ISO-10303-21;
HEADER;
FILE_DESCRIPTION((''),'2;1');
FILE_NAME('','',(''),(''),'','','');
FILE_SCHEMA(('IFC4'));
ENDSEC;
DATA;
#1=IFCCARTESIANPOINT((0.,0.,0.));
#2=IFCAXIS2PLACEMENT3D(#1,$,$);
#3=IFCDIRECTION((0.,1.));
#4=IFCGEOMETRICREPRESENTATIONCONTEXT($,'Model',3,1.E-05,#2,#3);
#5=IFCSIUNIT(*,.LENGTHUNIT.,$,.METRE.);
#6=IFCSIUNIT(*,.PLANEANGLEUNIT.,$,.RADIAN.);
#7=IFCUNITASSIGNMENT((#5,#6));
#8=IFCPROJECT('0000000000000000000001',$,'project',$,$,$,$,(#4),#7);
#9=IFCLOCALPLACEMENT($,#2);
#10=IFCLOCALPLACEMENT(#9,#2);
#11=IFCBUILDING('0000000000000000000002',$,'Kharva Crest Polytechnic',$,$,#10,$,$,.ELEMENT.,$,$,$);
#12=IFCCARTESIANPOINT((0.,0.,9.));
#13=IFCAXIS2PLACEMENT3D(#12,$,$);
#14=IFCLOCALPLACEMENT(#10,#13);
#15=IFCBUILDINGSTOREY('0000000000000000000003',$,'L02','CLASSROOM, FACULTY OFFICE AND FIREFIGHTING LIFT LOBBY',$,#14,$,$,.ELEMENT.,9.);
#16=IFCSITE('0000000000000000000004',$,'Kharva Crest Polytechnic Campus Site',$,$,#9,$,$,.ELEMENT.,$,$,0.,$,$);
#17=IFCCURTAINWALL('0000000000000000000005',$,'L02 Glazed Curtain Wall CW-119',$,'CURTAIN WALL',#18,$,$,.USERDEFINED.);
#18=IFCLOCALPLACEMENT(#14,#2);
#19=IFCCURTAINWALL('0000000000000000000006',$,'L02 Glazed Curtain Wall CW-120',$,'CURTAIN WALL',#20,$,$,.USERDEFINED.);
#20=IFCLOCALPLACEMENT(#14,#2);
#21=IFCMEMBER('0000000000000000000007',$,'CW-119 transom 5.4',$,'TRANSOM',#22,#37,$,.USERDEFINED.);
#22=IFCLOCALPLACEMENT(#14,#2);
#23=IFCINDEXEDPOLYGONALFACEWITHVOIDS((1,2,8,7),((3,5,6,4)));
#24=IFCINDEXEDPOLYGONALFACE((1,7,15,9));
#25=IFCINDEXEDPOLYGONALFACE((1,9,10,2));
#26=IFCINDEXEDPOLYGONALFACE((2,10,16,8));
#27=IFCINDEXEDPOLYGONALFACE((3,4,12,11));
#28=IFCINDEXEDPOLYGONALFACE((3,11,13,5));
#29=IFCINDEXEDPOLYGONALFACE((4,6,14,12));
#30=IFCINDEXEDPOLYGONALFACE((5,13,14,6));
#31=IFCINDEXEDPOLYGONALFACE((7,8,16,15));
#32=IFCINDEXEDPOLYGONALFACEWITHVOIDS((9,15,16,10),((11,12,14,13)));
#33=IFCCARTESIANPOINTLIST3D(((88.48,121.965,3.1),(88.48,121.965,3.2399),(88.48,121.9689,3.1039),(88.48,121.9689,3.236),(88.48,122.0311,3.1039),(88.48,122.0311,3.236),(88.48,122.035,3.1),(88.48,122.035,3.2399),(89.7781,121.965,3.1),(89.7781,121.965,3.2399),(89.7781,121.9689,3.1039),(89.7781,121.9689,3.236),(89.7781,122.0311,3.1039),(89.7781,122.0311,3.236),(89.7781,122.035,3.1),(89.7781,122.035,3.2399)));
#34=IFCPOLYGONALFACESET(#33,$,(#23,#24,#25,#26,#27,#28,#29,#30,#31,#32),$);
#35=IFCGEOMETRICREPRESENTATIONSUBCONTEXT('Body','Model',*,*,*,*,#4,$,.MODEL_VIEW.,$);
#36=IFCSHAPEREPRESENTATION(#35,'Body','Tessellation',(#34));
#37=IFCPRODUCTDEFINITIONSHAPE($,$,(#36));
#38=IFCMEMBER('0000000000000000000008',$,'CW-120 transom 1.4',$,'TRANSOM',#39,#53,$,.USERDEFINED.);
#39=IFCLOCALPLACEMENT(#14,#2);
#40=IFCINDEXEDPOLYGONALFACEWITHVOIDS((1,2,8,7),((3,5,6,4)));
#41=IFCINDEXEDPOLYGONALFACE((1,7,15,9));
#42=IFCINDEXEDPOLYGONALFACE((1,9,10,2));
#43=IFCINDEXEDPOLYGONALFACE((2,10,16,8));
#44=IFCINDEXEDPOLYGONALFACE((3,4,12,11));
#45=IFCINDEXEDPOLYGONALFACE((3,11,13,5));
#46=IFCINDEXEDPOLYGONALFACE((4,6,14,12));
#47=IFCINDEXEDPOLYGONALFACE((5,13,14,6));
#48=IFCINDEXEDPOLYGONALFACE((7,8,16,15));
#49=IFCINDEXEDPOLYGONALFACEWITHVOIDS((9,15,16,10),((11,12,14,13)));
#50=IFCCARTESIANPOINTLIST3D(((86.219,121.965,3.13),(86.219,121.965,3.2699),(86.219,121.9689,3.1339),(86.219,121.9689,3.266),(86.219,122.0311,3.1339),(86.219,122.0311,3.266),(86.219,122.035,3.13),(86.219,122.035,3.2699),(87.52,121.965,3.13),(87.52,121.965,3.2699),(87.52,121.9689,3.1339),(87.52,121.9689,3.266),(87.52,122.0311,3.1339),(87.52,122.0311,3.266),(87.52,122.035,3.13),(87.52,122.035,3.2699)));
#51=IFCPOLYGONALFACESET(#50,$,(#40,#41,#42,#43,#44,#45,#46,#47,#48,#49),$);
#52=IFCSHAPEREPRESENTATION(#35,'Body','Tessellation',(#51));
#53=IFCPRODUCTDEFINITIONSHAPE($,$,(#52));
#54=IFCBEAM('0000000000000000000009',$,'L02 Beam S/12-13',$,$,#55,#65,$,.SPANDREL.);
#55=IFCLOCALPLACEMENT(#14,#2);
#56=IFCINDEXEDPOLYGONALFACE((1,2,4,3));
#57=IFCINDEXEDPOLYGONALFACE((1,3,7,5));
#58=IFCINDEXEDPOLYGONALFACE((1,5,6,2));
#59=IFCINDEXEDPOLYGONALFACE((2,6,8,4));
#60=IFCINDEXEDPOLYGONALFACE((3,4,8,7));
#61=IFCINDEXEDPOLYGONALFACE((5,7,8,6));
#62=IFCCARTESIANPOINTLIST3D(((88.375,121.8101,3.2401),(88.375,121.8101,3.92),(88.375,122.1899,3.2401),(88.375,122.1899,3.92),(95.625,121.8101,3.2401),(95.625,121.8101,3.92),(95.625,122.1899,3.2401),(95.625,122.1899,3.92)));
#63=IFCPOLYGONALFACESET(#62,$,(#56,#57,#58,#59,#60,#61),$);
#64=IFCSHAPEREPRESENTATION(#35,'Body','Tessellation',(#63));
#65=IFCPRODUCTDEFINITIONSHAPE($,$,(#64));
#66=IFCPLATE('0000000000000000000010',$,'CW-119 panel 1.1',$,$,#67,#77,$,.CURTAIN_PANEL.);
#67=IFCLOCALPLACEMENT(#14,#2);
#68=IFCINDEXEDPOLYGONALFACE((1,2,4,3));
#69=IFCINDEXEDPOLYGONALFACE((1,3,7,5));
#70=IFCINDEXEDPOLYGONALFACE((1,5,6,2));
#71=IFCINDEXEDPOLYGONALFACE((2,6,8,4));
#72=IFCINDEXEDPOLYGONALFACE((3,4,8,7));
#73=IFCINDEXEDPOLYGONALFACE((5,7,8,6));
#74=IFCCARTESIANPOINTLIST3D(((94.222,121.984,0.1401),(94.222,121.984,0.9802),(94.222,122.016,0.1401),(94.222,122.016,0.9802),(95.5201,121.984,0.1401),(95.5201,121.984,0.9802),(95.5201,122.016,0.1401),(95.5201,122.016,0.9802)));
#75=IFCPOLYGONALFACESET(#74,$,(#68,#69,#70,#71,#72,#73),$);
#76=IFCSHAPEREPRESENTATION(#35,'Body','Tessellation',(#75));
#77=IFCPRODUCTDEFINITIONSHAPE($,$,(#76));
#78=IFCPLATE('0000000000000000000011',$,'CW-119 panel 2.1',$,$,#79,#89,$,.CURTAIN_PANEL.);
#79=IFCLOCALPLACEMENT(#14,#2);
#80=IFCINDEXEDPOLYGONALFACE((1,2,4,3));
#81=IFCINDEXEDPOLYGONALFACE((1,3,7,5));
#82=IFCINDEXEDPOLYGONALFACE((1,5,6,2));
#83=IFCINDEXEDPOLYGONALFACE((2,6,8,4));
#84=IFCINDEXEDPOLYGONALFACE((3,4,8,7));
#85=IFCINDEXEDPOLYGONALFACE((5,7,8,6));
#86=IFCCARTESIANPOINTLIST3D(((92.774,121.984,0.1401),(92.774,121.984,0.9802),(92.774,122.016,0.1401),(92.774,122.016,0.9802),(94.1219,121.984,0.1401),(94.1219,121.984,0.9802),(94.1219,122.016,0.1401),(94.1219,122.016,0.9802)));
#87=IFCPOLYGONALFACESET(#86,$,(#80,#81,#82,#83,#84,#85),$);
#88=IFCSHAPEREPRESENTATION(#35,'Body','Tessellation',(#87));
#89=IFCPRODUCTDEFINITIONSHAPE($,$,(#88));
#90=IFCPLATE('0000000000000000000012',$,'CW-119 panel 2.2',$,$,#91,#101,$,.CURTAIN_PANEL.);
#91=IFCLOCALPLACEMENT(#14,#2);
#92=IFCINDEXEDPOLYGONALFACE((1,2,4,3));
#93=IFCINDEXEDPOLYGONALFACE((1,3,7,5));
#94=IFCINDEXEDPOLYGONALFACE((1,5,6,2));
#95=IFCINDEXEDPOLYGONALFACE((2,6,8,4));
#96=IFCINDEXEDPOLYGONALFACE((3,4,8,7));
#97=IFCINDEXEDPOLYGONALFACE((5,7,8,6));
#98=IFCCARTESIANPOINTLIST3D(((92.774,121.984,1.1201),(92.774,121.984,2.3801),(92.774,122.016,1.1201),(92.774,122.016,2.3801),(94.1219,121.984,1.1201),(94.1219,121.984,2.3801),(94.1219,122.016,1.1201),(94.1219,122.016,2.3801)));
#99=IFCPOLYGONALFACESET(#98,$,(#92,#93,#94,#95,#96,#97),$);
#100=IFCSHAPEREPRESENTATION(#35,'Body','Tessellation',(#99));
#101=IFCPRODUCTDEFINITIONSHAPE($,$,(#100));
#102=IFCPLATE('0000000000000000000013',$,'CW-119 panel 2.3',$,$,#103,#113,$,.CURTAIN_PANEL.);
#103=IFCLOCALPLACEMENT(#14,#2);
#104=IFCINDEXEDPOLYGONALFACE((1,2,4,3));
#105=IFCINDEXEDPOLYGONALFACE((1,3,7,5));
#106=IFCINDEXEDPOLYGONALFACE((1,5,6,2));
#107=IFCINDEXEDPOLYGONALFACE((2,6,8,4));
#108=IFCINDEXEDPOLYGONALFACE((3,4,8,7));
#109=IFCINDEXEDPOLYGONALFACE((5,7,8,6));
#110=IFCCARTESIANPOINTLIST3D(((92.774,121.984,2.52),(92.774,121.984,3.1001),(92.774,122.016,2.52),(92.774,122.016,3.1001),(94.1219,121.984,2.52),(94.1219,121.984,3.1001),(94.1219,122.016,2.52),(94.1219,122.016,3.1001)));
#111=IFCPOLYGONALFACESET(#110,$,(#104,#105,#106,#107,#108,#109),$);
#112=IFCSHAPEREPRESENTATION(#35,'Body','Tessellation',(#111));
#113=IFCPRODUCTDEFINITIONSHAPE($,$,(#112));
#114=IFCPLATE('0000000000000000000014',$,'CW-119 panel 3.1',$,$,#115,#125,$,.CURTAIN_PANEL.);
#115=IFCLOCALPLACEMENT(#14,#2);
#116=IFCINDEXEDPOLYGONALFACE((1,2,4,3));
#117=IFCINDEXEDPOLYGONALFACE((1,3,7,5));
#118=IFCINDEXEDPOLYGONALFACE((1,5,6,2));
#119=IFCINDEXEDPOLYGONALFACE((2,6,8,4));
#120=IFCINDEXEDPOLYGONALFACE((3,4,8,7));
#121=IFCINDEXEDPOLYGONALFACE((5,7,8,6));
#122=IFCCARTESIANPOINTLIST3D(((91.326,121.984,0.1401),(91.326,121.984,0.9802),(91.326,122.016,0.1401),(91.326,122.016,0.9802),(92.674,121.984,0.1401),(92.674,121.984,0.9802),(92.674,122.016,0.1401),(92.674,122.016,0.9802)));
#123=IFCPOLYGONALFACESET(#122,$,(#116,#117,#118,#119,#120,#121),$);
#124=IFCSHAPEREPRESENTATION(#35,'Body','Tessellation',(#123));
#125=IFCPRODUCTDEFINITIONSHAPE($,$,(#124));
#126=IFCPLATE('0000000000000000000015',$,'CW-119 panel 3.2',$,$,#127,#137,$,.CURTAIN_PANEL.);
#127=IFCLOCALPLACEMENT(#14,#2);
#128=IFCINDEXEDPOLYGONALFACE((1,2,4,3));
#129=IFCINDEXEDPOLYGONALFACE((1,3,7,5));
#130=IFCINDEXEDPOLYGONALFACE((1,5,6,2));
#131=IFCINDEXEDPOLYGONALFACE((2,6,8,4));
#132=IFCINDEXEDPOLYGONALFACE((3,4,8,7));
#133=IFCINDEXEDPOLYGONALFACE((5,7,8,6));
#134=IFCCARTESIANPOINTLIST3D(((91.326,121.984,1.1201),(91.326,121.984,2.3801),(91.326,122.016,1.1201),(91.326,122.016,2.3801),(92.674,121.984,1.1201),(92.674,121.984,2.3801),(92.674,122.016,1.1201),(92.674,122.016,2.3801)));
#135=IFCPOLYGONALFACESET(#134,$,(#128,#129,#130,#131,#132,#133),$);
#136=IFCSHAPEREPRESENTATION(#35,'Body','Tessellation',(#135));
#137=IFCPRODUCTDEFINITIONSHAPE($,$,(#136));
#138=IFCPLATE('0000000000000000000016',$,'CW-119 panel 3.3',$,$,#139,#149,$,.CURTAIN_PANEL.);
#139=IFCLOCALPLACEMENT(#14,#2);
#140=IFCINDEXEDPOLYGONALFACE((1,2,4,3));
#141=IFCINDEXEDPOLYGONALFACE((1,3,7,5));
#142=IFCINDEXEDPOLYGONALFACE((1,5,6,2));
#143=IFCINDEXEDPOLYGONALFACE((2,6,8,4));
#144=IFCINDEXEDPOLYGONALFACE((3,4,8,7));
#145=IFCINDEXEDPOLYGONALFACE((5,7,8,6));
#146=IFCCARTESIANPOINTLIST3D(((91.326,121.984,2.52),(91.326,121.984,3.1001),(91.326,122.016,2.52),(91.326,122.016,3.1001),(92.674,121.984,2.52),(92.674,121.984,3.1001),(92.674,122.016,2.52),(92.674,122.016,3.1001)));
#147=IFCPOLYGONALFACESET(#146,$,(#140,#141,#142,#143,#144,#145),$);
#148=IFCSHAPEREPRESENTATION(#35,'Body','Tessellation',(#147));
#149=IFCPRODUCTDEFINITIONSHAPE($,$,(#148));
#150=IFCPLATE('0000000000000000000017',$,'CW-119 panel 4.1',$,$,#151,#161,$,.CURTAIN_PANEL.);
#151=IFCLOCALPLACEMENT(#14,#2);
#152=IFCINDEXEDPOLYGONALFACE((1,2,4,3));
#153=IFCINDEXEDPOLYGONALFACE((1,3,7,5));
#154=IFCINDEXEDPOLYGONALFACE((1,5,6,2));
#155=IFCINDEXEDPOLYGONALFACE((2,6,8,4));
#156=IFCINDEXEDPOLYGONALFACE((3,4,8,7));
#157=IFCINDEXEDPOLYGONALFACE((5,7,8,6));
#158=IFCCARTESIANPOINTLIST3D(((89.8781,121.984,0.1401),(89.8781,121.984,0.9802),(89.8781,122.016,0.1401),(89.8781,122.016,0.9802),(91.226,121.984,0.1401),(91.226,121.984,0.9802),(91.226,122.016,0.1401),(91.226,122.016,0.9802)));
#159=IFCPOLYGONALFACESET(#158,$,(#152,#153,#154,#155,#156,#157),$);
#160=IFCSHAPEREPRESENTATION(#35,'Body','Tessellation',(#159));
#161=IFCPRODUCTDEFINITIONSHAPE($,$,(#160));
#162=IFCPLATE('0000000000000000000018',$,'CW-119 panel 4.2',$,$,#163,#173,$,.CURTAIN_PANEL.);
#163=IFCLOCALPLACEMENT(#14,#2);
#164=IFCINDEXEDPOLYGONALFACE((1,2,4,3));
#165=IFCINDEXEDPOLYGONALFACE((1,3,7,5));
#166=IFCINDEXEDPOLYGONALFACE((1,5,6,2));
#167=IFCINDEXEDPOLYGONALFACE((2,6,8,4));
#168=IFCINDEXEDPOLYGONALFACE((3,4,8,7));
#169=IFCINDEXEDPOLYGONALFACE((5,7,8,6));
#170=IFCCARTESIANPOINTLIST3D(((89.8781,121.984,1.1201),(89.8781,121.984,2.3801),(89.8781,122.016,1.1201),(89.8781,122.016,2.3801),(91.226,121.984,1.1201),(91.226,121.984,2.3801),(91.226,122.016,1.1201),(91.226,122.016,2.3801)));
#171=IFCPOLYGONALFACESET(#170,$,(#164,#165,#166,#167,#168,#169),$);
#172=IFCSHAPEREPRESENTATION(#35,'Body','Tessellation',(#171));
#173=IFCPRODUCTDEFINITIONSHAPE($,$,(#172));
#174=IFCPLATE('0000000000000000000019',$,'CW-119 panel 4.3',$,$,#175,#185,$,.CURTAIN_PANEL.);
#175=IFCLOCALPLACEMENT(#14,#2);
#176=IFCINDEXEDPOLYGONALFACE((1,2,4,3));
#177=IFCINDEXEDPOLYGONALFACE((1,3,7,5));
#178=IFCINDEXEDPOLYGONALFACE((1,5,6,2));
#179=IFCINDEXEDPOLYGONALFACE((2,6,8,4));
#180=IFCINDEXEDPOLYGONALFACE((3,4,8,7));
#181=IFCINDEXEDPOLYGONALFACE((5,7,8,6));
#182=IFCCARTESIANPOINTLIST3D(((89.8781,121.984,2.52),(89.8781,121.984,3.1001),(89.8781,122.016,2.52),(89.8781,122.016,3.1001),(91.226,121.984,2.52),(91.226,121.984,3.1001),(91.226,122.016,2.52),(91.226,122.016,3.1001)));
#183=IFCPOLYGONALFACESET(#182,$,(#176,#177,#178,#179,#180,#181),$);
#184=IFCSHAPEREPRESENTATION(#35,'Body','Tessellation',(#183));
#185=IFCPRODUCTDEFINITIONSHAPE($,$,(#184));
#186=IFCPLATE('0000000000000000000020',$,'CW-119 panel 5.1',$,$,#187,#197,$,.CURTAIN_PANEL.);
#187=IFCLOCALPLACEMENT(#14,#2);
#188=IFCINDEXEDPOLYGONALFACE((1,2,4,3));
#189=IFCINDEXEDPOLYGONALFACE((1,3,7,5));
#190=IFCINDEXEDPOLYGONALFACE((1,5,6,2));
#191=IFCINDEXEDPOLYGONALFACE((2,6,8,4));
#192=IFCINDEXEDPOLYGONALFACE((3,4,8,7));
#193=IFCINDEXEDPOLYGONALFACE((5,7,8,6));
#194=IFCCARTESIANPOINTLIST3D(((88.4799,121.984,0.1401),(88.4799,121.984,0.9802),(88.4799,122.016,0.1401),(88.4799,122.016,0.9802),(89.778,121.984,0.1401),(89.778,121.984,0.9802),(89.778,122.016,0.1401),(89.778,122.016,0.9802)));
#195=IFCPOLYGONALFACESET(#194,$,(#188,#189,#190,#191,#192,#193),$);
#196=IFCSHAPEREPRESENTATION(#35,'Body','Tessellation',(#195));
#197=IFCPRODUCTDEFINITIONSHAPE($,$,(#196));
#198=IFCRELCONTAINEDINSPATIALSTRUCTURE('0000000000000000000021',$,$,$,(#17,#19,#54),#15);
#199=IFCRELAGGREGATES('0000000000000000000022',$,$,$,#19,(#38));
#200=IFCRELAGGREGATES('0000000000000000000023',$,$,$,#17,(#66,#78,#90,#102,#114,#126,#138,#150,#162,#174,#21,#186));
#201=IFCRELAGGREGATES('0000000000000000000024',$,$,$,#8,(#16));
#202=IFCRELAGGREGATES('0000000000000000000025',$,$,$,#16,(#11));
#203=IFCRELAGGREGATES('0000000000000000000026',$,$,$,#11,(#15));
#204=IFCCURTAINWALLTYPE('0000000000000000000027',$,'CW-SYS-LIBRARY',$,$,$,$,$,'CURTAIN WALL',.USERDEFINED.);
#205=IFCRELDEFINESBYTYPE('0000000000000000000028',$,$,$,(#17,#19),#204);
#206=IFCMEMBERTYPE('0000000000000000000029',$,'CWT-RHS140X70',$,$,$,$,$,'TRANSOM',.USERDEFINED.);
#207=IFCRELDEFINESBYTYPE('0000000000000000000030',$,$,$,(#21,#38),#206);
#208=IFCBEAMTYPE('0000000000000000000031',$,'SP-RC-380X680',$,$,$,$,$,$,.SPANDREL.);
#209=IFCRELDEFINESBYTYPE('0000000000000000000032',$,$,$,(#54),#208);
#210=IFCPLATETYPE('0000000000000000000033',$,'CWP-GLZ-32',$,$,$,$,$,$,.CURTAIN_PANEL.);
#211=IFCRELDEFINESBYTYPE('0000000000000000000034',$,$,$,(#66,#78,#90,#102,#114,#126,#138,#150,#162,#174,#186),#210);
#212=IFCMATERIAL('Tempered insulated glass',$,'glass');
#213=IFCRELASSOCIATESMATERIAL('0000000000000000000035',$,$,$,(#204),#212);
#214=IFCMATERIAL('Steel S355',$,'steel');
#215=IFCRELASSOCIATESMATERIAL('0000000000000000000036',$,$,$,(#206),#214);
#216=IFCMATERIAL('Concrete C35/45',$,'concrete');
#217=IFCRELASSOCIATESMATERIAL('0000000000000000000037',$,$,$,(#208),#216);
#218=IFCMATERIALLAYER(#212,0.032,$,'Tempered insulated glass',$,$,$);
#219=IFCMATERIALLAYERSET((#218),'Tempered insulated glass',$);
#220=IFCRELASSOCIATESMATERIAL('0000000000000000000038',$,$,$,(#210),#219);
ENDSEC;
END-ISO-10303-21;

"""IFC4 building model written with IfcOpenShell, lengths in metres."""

from ifc_helpers import new_model, si_unit, direction, frame, origin, origin_2d, place, context, subcontext, project, spatial, rectangle, hollow_rectangle, extrude, material, layer, layer_set, material_profile, profile_set, type_object, element, aggregate, save


model = new_model("IFC4")

# Units and contexts
model_context = context("Model", 3, precision=1e-05, world=origin(), true_north=direction((0.0, 1.0)))
body_context = subcontext(model_context, "Body", "Model", "MODEL_VIEW")
ifc_project = project(units=[si_unit("LENGTHUNIT", "METRE"), si_unit("PLANEANGLEUNIT", "RADIAN")], contexts=[model_context])

# Site, building, storey
site_placement = place(None, origin())
site = spatial("IfcSite", under=ifc_project, at=site_placement, Name="Kharva Crest Polytechnic Campus Site", CompositionType="ELEMENT", RefElevation=0.0)
building_placement = place(site_placement, origin())
building = spatial("IfcBuilding", under=site, at=building_placement, Name="Kharva Crest Polytechnic", CompositionType="ELEMENT")
storey_placement = place(building_placement, frame((0.0, 0.0, 9.0)))
storey = spatial("IfcBuildingStorey", under=building, at=storey_placement, Name="L02", Description="CLASSROOM, FACULTY OFFICE AND FIREFIGHTING LIFT LOBBY", CompositionType="ELEMENT", Elevation=9.0)

# Curtain wall
ifc_material_1 = material(Name="Tempered insulated glass", Category="glass")
curtain_wall_type = type_object("IfcCurtainWallType", Name="CW-SYS-LIBRARY", ElementType="CURTAIN WALL", PredefinedType="USERDEFINED", material=ifc_material_1)
curtain_wall_1_placement = place(storey_placement, origin())
curtain_wall_1 = element("IfcCurtainWall", 1, at=curtain_wall_1_placement, inside=storey, type_object=curtain_wall_type, Name="L02 Glazed Curtain Wall CW-119", ObjectType="CURTAIN WALL", PredefinedType="USERDEFINED")
ifc_material_2 = material(Name="Steel S355", Category="steel")

# Curtain wall
curtain_wall_2_placement = place(storey_placement, origin())
curtain_wall_2 = element("IfcCurtainWall", 2, at=curtain_wall_2_placement, inside=storey, type_object=curtain_wall_type, Name="L02 Glazed Curtain Wall CW-120", ObjectType="CURTAIN WALL", PredefinedType="USERDEFINED")

# Members
ifc_material_profile_1 = material_profile(ifc_material_2, hollow_rectangle(XDim=0.0701, YDim=0.1399, WallThickness=0.0039, at=origin_2d()), Name="RHS 140X70X4.0")
ifc_profile_set_1 = profile_set([ifc_material_profile_1], Name="Steel S355")
member_type_1 = type_object("IfcMemberType", Name="CWT-RHS140X70", ElementType="TRANSOM", PredefinedType="USERDEFINED", material=ifc_profile_set_1)
member_1_placement = place(storey_placement, frame((89.7781, 122.0, 3.1699), z_axis=(-1.0, 0.0, 0.0), x_axis=(0.0, -1.0, 0.0)))
member_1 = element("IfcMember", 3, at=member_1_placement, type_object=member_type_1, Name="CW-119 transom 5.4", ObjectType="TRANSOM", PredefinedType="USERDEFINED", context=body_context, shape_type="SweptSolid", body=[
    extrude(hollow_rectangle(XDim=0.0701, YDim=0.1399, WallThickness=0.0039, at=origin_2d()), origin(), (0.0, 0.0, 1.0), 1.2981),
])
member_2_placement = place(storey_placement, frame((87.52, 122.0, 3.2), z_axis=(-1.0, 0.0, 0.0), x_axis=(0.0, -1.0, 0.0)))
member_2 = element("IfcMember", 4, at=member_2_placement, type_object=member_type_1, Name="CW-120 transom 1.4", ObjectType="TRANSOM", PredefinedType="USERDEFINED", context=body_context, shape_type="SweptSolid", body=[
    extrude(hollow_rectangle(XDim=0.0701, YDim=0.1399, WallThickness=0.0039, at=origin_2d()), origin(), (0.0, 0.0, 1.0), 1.301),
])
aggregate(curtain_wall_2, [member_2])

# Beam
ifc_material_3 = material(Name="Concrete C35/45", Category="concrete")
ifc_material_profile_2 = material_profile(ifc_material_3, rectangle(XDim=0.3799, YDim=0.6799, at=origin_2d()), Name="RECT 380 X 680")
ifc_profile_set_2 = profile_set([ifc_material_profile_2], Name="Concrete C35/45")
beam_type = type_object("IfcBeamType", Name="SP-RC-380X680", PredefinedType="SPANDREL", material=ifc_profile_set_2)
beam_placement = place(storey_placement, frame((88.375, 122.0, 3.5801), z_axis=(1.0, 0.0, 0.0), x_axis=(0.0, 1.0, 0.0)))
element("IfcBeam", 5, at=beam_placement, inside=storey, type_object=beam_type, Name="L02 Beam S/12-13", PredefinedType="SPANDREL", context=body_context, shape_type="SweptSolid", body=[
    extrude(rectangle(XDim=0.3799, YDim=0.6799, at=origin_2d()), origin(), (0.0, 0.0, 1.0), 7.25),
])

# Plates
ifc_layer = layer(ifc_material_1, 0.032, Name="Tempered insulated glass")
ifc_layer_set = layer_set([ifc_layer], Name="Tempered insulated glass")
plate_type = type_object("IfcPlateType", Name="CWP-GLZ-32", PredefinedType="CURTAIN_PANEL", material=ifc_layer_set)
plate_1_placement = place(storey_placement, frame((94.8711, 122.0, 0.1401), z_axis=(0.0, 0.0, 1.0), x_axis=(-1.0, 0.0, 0.0)))
plate_1 = element("IfcPlate", 6, at=plate_1_placement, type_object=plate_type, Name="CW-119 panel 1.1", PredefinedType="CURTAIN_PANEL", context=body_context, shape_type="SweptSolid", body=[
    extrude(rectangle(XDim=1.2981, YDim=0.032, at=origin_2d()), origin(), (0.0, 0.0, 1.0), 0.8401),
])
plate_2_placement = place(storey_placement, frame((93.448, 122.0, 0.1401), z_axis=(0.0, 0.0, 1.0), x_axis=(-1.0, 0.0, 0.0)))
plate_2 = element("IfcPlate", 7, at=plate_2_placement, type_object=plate_type, Name="CW-119 panel 2.1", PredefinedType="CURTAIN_PANEL", context=body_context, shape_type="SweptSolid", body=[
    extrude(rectangle(XDim=1.3479, YDim=0.032, at=origin_2d()), origin(), (0.0, 0.0, 1.0), 0.8401),
])
plate_3_placement = place(storey_placement, frame((93.448, 122.0, 1.1201), z_axis=(0.0, 0.0, 1.0), x_axis=(-1.0, 0.0, 0.0)))
plate_3 = element("IfcPlate", 8, at=plate_3_placement, type_object=plate_type, Name="CW-119 panel 2.2", PredefinedType="CURTAIN_PANEL", context=body_context, shape_type="SweptSolid", body=[
    extrude(rectangle(XDim=1.3479, YDim=0.032, at=origin_2d()), origin(), (0.0, 0.0, 1.0), 1.26),
])
plate_4_placement = place(storey_placement, frame((93.448, 122.0, 2.52), z_axis=(0.0, 0.0, 1.0), x_axis=(-1.0, 0.0, 0.0)))
plate_4 = element("IfcPlate", 9, at=plate_4_placement, type_object=plate_type, Name="CW-119 panel 2.3", PredefinedType="CURTAIN_PANEL", context=body_context, shape_type="SweptSolid", body=[
    extrude(rectangle(XDim=1.3479, YDim=0.032, at=origin_2d()), origin(), (0.0, 0.0, 1.0), 0.5801),
])
plate_5_placement = place(storey_placement, frame((92.0, 122.0, 0.1401), z_axis=(0.0, 0.0, 1.0), x_axis=(-1.0, 0.0, 0.0)))
plate_5 = element("IfcPlate", 10, at=plate_5_placement, type_object=plate_type, Name="CW-119 panel 3.1", PredefinedType="CURTAIN_PANEL", context=body_context, shape_type="SweptSolid", body=[
    extrude(rectangle(XDim=1.3479, YDim=0.032, at=origin_2d()), origin(), (0.0, 0.0, 1.0), 0.8401),
])
plate_6_placement = place(storey_placement, frame((92.0, 122.0, 1.1201), z_axis=(0.0, 0.0, 1.0), x_axis=(-1.0, 0.0, 0.0)))
plate_6 = element("IfcPlate", 11, at=plate_6_placement, type_object=plate_type, Name="CW-119 panel 3.2", PredefinedType="CURTAIN_PANEL", context=body_context, shape_type="SweptSolid", body=[
    extrude(rectangle(XDim=1.3479, YDim=0.032, at=origin_2d()), origin(), (0.0, 0.0, 1.0), 1.26),
])
plate_7_placement = place(storey_placement, frame((92.0, 122.0, 2.52), z_axis=(0.0, 0.0, 1.0), x_axis=(-1.0, 0.0, 0.0)))
plate_7 = element("IfcPlate", 12, at=plate_7_placement, type_object=plate_type, Name="CW-119 panel 3.3", PredefinedType="CURTAIN_PANEL", context=body_context, shape_type="SweptSolid", body=[
    extrude(rectangle(XDim=1.3479, YDim=0.032, at=origin_2d()), origin(), (0.0, 0.0, 1.0), 0.5801),
])
plate_8_placement = place(storey_placement, frame((90.552, 122.0, 0.1401), z_axis=(0.0, 0.0, 1.0), x_axis=(-1.0, 0.0, 0.0)))
plate_8 = element("IfcPlate", 13, at=plate_8_placement, type_object=plate_type, Name="CW-119 panel 4.1", PredefinedType="CURTAIN_PANEL", context=body_context, shape_type="SweptSolid", body=[
    extrude(rectangle(XDim=1.3479, YDim=0.032, at=origin_2d()), origin(), (0.0, 0.0, 1.0), 0.8401),
])
plate_9_placement = place(storey_placement, frame((90.552, 122.0, 1.1201), z_axis=(0.0, 0.0, 1.0), x_axis=(-1.0, 0.0, 0.0)))
plate_9 = element("IfcPlate", 14, at=plate_9_placement, type_object=plate_type, Name="CW-119 panel 4.2", PredefinedType="CURTAIN_PANEL", context=body_context, shape_type="SweptSolid", body=[
    extrude(rectangle(XDim=1.3479, YDim=0.032, at=origin_2d()), origin(), (0.0, 0.0, 1.0), 1.26),
])
plate_10_placement = place(storey_placement, frame((90.552, 122.0, 2.52), z_axis=(0.0, 0.0, 1.0), x_axis=(-1.0, 0.0, 0.0)))
plate_10 = element("IfcPlate", 15, at=plate_10_placement, type_object=plate_type, Name="CW-119 panel 4.3", PredefinedType="CURTAIN_PANEL", context=body_context, shape_type="SweptSolid", body=[
    extrude(rectangle(XDim=1.3479, YDim=0.032, at=origin_2d()), origin(), (0.0, 0.0, 1.0), 0.5801),
])
plate_11_placement = place(storey_placement, frame((89.1289, 122.0, 0.1401), z_axis=(0.0, 0.0, 1.0), x_axis=(-1.0, 0.0, 0.0)))
plate_11 = element("IfcPlate", 16, at=plate_11_placement, type_object=plate_type, Name="CW-119 panel 5.1", PredefinedType="CURTAIN_PANEL", context=body_context, shape_type="SweptSolid", body=[
    extrude(rectangle(XDim=1.2981, YDim=0.032, at=origin_2d()), origin(), (0.0, 0.0, 1.0), 0.8401),
])
aggregate(curtain_wall_1, [plate_1, plate_2, plate_3, plate_4, plate_5, plate_6, plate_7, plate_8, plate_9, plate_10, member_1, plate_11])

save(model, "model.ifc")
